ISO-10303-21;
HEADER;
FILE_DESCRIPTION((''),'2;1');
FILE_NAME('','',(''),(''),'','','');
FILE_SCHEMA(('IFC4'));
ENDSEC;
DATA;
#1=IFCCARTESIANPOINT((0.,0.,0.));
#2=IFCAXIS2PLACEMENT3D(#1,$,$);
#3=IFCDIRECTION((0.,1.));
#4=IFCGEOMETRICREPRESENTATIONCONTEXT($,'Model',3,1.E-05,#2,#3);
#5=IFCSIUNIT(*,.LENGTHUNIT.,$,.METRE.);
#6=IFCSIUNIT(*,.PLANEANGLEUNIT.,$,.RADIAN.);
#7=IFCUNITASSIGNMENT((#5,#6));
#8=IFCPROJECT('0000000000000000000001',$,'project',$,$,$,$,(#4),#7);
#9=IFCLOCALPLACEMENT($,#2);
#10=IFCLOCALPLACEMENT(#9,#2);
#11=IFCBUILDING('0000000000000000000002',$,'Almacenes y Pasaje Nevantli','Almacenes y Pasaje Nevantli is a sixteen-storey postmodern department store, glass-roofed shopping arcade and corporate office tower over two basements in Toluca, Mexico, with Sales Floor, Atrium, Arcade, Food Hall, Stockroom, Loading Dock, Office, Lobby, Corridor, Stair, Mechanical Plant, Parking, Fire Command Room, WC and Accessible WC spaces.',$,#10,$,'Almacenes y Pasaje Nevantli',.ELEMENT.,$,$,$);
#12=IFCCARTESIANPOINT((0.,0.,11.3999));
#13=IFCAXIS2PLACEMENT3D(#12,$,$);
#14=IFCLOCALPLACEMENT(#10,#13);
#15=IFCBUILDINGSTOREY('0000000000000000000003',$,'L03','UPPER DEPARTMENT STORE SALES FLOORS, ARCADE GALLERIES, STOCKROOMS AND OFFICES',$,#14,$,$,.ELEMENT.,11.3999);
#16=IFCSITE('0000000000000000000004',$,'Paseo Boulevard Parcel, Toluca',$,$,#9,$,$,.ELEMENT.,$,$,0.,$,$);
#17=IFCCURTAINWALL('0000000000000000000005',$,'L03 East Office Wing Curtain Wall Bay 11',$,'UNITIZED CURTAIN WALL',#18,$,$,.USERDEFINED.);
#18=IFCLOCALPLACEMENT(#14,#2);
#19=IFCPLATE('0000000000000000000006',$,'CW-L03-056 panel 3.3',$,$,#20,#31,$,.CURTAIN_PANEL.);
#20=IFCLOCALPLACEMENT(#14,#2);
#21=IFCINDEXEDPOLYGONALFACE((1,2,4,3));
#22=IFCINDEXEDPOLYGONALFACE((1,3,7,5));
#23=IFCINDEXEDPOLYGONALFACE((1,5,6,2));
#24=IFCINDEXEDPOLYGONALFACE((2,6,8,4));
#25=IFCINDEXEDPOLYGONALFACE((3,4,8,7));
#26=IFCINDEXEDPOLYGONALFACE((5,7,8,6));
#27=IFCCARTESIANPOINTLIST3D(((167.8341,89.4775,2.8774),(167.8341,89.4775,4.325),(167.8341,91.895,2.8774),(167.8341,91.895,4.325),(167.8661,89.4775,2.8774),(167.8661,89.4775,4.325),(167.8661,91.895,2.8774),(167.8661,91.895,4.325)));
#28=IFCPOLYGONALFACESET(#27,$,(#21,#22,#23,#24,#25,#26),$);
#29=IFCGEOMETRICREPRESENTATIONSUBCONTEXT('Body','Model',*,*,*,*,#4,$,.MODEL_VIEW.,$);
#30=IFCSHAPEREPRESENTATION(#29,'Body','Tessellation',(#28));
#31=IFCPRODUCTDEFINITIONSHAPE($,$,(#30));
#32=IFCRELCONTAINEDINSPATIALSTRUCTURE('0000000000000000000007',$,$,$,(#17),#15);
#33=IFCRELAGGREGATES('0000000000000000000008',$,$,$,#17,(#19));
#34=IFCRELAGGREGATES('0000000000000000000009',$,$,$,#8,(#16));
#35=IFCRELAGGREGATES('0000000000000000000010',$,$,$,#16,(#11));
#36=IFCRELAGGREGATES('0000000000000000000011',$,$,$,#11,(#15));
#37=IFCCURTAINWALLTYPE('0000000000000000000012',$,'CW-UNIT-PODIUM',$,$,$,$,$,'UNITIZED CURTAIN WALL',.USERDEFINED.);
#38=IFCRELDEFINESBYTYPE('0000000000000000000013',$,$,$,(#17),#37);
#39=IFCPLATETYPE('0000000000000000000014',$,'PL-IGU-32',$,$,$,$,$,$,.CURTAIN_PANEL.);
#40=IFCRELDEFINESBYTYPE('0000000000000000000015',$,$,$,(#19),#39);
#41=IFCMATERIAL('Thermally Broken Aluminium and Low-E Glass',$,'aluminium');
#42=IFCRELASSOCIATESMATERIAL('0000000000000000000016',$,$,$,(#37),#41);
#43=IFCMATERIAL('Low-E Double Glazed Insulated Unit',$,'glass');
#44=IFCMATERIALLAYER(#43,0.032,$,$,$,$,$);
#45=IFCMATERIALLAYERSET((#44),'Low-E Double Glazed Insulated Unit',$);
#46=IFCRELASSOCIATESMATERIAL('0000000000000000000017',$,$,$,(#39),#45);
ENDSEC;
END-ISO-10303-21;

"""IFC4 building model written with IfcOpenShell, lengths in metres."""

from ifc_helpers import new_model, si_unit, direction, frame, origin, origin_2d, place, context, subcontext, project, spatial, rectangle, extrude, material, layer, layer_set, type_object, element, aggregate, save


model = new_model("IFC4")

# Units and contexts
model_context = context("Model", 3, precision=1e-05, world=origin(), true_north=direction((0.0, 1.0)))
body_context = subcontext(model_context, "Body", "Model", "MODEL_VIEW")
ifc_project = project(units=[si_unit("LENGTHUNIT", "METRE"), si_unit("PLANEANGLEUNIT", "RADIAN")], contexts=[model_context])

# Site, building, storey
site_placement = place(None, origin())
site = spatial("IfcSite", under=ifc_project, at=site_placement, Name="Paseo Boulevard Parcel, Toluca", CompositionType="ELEMENT", RefElevation=0.0)
building_placement = place(site_placement, origin())
building = spatial("IfcBuilding", under=site, at=building_placement, Name="Almacenes y Pasaje Nevantli", Description="Almacenes y Pasaje Nevantli is a sixteen-storey postmodern department store, glass-roofed shopping arcade and corporate office tower over two basements in Toluca, Mexico, with Sales Floor, Atrium, Arcade, Food Hall, Stockroom, Loading Dock, Office, Lobby, Corridor, Stair, Mechanical Plant, Parking, Fire Command Room, WC and Accessible WC spaces.", LongName="Almacenes y Pasaje Nevantli", CompositionType="ELEMENT")
storey_placement = place(building_placement, frame((0.0, 0.0, 11.3999)))
storey = spatial("IfcBuildingStorey", under=building, at=storey_placement, Name="L03", Description="UPPER DEPARTMENT STORE SALES FLOORS, ARCADE GALLERIES, STOCKROOMS AND OFFICES", CompositionType="ELEMENT", Elevation=11.3999)

# Curtain wall, plate
ifc_material_1 = material(Name="Thermally Broken Aluminium and Low-E Glass", Category="aluminium")
curtain_wall_type = type_object("IfcCurtainWallType", Name="CW-UNIT-PODIUM", ElementType="UNITIZED CURTAIN WALL", PredefinedType="USERDEFINED", material=ifc_material_1)
curtain_wall_placement = place(storey_placement, origin())
curtain_wall = element("IfcCurtainWall", 1, at=curtain_wall_placement, inside=storey, type_object=curtain_wall_type, Name="L03 East Office Wing Curtain Wall Bay 11", ObjectType="UNITIZED CURTAIN WALL", PredefinedType="USERDEFINED")
ifc_material_2 = material(Name="Low-E Double Glazed Insulated Unit", Category="glass")
ifc_layer = layer(ifc_material_2, 0.032)
ifc_layer_set = layer_set([ifc_layer], Name="Low-E Double Glazed Insulated Unit")
plate_type = type_object("IfcPlateType", Name="PL-IGU-32", PredefinedType="CURTAIN_PANEL", material=ifc_layer_set)
plate_1_placement = place(storey_placement, frame((167.8501, 90.6863, 2.8774), z_axis=(0.0, 0.0, 1.0), x_axis=(0.0, 1.0, 0.0)))
plate_1 = element("IfcPlate", 2, at=plate_1_placement, type_object=plate_type, Name="CW-L03-056 panel 3.3", PredefinedType="CURTAIN_PANEL", context=body_context, shape_type="SweptSolid", body=[
    extrude(rectangle(XDim=2.4175, YDim=0.032, at=origin_2d()), origin(), (0.0, 0.0, 1.0), 1.4475),
])
aggregate(curtain_wall, [plate_1])

save(model, "model.ifc")
